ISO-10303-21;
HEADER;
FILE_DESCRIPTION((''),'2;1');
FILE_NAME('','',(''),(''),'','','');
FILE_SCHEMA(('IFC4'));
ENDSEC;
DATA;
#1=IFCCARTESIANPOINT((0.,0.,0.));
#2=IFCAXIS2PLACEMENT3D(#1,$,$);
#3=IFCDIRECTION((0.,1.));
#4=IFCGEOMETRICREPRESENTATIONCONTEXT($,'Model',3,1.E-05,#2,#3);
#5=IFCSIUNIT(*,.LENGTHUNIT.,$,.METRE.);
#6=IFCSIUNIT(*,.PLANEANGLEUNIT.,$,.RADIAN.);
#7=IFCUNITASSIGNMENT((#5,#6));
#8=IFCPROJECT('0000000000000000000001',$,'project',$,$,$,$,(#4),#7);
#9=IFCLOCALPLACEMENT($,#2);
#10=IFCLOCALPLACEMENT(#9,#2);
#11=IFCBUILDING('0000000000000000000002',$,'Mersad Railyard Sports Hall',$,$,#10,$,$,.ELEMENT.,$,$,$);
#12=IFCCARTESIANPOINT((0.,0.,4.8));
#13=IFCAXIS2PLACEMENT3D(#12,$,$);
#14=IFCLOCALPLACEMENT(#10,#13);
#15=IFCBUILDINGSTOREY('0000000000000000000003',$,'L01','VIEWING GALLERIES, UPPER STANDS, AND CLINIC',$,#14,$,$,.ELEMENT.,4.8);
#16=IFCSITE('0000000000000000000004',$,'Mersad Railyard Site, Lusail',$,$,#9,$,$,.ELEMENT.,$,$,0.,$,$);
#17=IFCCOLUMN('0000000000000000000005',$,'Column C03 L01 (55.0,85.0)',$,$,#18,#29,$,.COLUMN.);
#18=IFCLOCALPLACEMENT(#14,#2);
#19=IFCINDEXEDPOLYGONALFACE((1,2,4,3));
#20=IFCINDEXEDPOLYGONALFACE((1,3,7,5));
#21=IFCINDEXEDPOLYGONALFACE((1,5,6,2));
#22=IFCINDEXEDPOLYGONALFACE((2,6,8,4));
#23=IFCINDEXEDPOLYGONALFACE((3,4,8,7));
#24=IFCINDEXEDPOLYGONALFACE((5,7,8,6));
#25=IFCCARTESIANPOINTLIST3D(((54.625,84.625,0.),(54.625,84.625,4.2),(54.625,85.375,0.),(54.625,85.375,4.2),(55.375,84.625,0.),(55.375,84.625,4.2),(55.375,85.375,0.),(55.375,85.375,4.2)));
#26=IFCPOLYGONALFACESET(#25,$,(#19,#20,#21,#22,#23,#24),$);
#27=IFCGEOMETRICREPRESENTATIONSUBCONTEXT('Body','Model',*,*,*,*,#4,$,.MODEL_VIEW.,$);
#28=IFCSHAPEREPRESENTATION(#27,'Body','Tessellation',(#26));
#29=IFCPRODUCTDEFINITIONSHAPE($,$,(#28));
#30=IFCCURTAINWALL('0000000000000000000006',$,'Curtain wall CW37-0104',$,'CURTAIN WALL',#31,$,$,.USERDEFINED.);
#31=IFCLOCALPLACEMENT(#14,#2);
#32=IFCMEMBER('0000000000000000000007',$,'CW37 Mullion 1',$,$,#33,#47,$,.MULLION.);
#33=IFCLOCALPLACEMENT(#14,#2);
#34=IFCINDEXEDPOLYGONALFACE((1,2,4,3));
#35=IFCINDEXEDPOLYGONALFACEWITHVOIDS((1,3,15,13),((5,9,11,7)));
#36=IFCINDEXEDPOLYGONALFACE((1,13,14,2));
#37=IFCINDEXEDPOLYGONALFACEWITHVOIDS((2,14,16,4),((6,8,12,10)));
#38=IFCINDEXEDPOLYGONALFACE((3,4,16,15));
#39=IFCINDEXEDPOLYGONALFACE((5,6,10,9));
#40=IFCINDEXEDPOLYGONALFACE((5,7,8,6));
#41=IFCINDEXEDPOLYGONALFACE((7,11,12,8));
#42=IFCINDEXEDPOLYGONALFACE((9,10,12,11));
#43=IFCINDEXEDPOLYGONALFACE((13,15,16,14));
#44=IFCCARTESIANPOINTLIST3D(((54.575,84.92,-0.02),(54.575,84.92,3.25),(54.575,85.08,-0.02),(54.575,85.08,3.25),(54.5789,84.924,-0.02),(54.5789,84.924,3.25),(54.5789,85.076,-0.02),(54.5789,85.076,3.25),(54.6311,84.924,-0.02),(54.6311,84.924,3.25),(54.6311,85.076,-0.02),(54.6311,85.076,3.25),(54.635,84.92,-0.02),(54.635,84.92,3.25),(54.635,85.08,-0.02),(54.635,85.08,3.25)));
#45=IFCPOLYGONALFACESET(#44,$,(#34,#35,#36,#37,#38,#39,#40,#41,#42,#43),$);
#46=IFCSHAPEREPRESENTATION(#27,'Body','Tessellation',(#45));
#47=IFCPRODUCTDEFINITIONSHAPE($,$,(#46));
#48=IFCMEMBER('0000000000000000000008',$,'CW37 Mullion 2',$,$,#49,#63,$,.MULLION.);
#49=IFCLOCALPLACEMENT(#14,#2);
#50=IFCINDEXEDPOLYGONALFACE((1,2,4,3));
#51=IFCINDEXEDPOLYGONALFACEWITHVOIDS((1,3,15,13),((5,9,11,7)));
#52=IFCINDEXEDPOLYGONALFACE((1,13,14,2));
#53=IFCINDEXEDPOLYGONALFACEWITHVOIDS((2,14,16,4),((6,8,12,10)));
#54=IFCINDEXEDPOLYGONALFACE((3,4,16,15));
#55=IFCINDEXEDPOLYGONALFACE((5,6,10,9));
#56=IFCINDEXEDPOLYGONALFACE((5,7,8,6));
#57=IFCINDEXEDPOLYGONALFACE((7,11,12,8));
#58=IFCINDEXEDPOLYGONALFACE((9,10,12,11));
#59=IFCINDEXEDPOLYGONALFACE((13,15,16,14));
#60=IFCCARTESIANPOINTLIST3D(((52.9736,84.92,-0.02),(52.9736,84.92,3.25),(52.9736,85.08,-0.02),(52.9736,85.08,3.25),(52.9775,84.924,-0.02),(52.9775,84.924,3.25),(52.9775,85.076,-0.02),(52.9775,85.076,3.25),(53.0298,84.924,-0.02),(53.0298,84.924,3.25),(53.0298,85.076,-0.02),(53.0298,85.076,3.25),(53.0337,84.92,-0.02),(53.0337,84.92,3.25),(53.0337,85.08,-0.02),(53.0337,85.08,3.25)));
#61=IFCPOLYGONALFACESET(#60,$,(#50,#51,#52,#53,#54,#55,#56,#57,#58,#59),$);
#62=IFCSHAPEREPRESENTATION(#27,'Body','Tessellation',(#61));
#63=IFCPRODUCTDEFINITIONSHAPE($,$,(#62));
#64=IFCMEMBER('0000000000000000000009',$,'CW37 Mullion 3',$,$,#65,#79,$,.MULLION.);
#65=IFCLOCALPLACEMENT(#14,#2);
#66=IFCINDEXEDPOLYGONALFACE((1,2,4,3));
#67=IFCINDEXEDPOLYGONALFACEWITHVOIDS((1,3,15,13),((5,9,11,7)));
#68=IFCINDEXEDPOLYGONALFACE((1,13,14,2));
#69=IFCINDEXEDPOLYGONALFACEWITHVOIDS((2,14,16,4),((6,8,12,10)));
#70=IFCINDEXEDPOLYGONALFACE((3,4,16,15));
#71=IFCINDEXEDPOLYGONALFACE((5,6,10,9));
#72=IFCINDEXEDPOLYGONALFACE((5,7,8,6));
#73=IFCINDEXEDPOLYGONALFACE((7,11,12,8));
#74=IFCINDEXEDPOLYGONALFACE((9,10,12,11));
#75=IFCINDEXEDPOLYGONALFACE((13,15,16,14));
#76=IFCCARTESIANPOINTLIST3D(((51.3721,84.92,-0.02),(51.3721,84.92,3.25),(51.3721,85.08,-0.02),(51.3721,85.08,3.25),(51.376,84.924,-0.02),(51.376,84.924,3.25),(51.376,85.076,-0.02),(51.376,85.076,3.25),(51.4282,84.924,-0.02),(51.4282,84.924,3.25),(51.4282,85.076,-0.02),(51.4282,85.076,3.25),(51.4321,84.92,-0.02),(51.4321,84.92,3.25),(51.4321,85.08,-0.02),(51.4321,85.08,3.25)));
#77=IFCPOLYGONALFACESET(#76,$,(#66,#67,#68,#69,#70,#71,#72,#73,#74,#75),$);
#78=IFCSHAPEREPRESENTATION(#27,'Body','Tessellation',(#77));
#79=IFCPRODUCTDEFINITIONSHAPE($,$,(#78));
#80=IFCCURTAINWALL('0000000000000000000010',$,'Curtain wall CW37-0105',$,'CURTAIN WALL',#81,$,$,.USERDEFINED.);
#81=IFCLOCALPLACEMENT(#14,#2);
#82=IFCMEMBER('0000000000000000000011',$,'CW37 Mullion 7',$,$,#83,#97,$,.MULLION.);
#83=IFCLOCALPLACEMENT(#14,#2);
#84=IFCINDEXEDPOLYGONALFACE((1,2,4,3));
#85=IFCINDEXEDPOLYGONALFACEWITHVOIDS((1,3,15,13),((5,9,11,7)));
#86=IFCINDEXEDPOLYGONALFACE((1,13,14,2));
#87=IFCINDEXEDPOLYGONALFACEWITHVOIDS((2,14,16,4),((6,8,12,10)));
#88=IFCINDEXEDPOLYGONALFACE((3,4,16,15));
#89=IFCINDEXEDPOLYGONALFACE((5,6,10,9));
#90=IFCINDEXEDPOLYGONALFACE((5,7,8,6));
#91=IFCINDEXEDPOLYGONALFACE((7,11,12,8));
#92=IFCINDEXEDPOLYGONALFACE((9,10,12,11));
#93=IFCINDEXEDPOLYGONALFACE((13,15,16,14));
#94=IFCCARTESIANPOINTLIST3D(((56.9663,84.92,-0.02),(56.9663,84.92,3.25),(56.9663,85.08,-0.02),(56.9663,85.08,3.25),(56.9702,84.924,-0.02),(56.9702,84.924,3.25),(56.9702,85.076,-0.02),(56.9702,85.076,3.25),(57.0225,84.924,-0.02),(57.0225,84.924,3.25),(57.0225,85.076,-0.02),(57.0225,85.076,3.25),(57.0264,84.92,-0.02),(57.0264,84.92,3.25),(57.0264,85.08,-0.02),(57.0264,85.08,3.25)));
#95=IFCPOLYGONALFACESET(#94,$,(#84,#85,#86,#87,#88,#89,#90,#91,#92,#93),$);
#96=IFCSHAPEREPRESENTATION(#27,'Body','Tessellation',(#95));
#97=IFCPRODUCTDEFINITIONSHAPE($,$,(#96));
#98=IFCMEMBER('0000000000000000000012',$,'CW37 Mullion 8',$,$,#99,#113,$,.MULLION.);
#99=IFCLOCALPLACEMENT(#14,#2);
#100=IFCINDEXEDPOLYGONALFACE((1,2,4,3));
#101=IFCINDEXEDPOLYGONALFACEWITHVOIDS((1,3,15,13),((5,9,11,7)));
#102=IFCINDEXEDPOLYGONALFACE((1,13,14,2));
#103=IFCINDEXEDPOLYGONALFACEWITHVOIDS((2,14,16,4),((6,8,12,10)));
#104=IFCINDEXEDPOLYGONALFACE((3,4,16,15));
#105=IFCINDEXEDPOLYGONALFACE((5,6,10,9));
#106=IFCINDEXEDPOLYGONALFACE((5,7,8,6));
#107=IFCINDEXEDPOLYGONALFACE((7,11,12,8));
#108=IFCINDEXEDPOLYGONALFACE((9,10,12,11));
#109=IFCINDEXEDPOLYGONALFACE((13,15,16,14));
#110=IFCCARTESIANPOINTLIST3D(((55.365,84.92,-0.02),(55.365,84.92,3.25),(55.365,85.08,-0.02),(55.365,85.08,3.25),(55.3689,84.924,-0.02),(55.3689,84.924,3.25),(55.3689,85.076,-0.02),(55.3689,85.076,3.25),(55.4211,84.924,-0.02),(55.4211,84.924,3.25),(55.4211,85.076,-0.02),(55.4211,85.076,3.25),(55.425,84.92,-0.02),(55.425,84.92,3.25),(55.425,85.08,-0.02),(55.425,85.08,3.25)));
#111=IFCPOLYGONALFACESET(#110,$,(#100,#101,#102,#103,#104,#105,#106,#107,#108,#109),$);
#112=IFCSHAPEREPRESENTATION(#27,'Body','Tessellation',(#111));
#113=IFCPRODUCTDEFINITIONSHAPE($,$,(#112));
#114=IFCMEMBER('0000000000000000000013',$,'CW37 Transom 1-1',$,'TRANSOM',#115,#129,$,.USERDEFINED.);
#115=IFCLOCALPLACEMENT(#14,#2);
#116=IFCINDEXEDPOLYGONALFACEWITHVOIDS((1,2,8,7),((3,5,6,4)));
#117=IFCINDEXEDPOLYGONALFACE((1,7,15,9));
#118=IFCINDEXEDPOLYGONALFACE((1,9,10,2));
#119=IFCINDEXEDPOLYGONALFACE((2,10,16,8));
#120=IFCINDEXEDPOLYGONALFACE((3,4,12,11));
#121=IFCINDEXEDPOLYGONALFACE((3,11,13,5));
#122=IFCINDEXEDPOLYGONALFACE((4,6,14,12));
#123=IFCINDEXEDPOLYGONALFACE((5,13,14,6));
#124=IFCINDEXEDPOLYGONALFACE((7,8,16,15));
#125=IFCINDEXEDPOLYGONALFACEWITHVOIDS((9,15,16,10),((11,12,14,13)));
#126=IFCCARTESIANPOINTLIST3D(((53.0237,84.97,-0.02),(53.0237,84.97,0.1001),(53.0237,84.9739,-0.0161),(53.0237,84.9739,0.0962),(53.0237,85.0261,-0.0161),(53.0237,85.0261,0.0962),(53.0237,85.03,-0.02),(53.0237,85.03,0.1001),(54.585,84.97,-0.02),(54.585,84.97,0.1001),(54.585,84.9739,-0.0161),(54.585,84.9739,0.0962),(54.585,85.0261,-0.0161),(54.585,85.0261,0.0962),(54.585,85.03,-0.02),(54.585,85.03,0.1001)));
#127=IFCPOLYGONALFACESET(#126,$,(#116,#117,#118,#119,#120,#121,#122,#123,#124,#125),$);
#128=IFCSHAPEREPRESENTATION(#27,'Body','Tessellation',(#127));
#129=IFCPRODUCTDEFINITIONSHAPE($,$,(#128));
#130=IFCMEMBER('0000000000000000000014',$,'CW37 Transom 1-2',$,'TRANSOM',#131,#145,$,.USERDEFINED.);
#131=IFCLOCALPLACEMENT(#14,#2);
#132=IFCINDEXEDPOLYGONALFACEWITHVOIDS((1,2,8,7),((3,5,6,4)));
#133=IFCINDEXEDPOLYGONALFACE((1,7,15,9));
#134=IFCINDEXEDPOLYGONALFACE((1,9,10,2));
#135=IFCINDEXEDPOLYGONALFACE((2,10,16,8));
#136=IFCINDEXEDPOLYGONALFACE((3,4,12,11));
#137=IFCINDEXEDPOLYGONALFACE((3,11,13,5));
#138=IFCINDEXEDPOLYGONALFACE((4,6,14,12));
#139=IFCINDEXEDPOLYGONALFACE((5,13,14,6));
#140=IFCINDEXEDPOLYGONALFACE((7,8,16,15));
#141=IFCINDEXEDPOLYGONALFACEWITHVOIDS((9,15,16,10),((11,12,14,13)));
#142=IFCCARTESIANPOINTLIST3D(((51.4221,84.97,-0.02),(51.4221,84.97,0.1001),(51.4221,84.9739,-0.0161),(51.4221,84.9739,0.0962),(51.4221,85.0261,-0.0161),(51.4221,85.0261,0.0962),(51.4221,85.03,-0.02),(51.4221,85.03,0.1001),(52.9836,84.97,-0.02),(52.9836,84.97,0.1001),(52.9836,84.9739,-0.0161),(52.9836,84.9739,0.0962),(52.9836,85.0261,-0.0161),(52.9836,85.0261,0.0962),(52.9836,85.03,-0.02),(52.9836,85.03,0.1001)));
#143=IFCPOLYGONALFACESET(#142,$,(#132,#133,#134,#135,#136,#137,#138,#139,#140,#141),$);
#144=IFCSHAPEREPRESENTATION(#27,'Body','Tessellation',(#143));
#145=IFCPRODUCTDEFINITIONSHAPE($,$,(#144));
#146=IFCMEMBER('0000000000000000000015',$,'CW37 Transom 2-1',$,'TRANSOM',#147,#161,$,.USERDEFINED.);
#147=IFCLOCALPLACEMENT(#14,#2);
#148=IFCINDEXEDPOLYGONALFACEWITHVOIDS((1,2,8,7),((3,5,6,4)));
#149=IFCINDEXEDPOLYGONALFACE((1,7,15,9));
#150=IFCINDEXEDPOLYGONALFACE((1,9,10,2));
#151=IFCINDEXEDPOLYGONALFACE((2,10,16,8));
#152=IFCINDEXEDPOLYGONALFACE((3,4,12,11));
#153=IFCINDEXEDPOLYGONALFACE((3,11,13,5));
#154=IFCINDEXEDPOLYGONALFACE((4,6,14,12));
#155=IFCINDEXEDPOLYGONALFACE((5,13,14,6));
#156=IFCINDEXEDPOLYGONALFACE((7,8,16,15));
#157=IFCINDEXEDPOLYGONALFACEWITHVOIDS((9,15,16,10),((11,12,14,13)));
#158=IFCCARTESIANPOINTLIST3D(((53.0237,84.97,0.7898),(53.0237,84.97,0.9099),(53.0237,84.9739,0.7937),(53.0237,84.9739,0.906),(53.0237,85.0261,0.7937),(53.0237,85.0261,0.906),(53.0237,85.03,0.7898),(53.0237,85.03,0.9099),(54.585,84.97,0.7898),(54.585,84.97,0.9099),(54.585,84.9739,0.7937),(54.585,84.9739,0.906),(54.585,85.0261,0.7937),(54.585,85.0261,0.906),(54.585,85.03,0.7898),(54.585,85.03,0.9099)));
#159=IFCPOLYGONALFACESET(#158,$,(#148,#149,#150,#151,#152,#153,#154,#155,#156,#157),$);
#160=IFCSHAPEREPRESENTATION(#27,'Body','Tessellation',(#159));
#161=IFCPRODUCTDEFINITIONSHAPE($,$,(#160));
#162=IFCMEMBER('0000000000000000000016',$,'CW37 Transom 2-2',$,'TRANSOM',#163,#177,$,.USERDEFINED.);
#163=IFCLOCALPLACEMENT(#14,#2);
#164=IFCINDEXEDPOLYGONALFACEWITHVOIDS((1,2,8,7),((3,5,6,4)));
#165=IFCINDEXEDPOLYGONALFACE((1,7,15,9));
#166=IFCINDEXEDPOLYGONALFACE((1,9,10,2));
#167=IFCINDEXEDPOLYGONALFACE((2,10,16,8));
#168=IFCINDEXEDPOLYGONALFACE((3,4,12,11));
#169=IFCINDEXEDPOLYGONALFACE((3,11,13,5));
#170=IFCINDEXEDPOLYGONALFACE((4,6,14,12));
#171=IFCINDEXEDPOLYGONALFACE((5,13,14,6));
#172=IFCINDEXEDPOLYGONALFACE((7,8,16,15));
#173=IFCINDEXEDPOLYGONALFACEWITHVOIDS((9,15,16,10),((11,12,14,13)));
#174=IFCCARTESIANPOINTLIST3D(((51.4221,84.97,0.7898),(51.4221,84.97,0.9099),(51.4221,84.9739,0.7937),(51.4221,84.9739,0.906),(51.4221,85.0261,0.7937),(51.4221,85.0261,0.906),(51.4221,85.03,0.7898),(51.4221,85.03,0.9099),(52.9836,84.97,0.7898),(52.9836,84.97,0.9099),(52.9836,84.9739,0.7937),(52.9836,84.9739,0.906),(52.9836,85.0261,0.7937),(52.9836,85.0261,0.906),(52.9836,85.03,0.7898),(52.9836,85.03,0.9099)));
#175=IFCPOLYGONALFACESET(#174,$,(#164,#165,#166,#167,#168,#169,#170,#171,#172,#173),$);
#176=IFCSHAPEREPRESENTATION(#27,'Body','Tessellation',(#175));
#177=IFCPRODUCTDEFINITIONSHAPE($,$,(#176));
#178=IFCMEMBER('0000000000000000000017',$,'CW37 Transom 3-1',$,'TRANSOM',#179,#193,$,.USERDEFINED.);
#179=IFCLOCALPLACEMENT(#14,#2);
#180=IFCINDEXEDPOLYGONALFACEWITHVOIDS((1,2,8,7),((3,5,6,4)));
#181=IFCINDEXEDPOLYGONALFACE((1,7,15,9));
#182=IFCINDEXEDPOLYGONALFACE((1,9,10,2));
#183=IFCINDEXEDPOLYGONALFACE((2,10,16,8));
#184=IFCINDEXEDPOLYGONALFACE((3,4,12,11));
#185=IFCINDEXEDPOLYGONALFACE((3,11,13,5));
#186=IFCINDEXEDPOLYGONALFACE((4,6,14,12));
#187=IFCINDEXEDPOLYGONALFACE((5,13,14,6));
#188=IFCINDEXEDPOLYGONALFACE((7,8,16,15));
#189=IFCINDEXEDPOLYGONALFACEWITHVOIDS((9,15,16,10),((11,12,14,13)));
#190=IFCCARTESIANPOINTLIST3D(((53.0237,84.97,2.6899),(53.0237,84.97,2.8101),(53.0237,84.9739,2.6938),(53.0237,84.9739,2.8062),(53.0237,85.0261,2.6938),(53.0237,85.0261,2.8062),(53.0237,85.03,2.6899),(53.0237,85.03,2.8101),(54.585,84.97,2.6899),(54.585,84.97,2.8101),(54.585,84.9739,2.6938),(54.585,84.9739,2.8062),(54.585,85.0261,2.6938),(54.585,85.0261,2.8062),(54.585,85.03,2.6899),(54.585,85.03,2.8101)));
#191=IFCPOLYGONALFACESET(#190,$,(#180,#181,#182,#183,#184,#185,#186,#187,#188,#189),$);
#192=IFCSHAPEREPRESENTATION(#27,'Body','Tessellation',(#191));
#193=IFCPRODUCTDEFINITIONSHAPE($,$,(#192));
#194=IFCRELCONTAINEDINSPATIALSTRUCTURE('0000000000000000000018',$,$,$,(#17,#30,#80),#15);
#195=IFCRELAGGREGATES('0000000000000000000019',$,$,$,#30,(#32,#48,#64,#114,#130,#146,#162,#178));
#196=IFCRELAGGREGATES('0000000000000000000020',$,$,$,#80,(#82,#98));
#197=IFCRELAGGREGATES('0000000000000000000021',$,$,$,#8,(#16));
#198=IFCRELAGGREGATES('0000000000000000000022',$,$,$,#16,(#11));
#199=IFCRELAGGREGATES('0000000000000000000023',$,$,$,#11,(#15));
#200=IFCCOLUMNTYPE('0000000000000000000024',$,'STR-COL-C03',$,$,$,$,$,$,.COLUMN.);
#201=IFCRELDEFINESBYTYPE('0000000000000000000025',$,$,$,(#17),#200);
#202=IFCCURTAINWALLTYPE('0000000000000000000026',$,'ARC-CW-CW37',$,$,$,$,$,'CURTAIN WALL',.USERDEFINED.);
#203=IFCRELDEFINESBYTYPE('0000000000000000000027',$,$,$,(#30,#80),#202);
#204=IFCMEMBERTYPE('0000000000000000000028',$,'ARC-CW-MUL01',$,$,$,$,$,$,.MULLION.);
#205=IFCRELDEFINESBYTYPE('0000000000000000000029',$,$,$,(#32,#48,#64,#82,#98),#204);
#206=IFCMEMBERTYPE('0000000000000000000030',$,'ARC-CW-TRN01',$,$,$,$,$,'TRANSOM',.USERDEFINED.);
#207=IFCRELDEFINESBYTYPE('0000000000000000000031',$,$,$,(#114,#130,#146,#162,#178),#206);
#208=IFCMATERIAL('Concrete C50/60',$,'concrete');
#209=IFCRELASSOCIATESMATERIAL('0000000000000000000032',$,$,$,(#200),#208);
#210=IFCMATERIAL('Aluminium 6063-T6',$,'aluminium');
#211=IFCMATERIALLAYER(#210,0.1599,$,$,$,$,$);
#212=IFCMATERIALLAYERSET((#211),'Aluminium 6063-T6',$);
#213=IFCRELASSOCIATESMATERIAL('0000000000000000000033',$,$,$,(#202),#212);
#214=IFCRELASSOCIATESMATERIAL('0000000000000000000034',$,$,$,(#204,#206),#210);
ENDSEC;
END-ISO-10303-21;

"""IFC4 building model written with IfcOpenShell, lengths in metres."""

from ifc_helpers import new_model, si_unit, direction, frame, origin, origin_2d, place, context, subcontext, project, spatial, rectangle, hollow_rectangle, extrude, material, layer, layer_set, material_profile, profile_set, type_object, element, aggregate, save


model = new_model("IFC4")

# Units and contexts
model_context = context("Model", 3, precision=1e-05, world=origin(), true_north=direction((0.0, 1.0)))
body_context = subcontext(model_context, "Body", "Model", "MODEL_VIEW")
ifc_project = project(units=[si_unit("LENGTHUNIT", "METRE"), si_unit("PLANEANGLEUNIT", "RADIAN")], contexts=[model_context])

# Site, building, storey
site_placement = place(None, origin())
site = spatial("IfcSite", under=ifc_project, at=site_placement, Name="Mersad Railyard Site, Lusail", CompositionType="ELEMENT", RefElevation=0.0)
building_placement = place(site_placement, origin())
building = spatial("IfcBuilding", under=site, at=building_placement, Name="Mersad Railyard Sports Hall", CompositionType="ELEMENT")
storey_placement = place(building_placement, frame((0.0, 0.0, 4.8)))
storey = spatial("IfcBuildingStorey", under=building, at=storey_placement, Name="L01", Description="VIEWING GALLERIES, UPPER STANDS, AND CLINIC", CompositionType="ELEMENT", Elevation=4.8)

# Column
ifc_material_1 = material(Name="Concrete C50/60", Category="concrete")
ifc_material_profile_1 = material_profile(ifc_material_1, rectangle(XDim=0.75, YDim=0.75, at=origin_2d()), Name="RC 750x750")
ifc_profile_set_1 = profile_set([ifc_material_profile_1], Name="Concrete C50/60")
column_type = type_object("IfcColumnType", Name="STR-COL-C03", PredefinedType="COLUMN", material=ifc_profile_set_1)
column_placement = place(storey_placement, frame((55.0, 85.0, 0.0), z_axis=(0.0, 0.0, 1.0), x_axis=(1.0, 0.0, 0.0)))
element("IfcColumn", 1, at=column_placement, inside=storey, type_object=column_type, Name="Column C03 L01 (55.0,85.0)", PredefinedType="COLUMN", context=body_context, shape_type="SweptSolid", body=[
    extrude(rectangle(XDim=0.75, YDim=0.75, at=origin_2d()), origin(), (0.0, 0.0, 1.0), 4.2),
])

# Curtain walls, members
ifc_material_2 = material(Name="Aluminium 6063-T6", Category="aluminium")
ifc_layer_1 = layer(ifc_material_2, 0.1599)
ifc_layer_set_1 = layer_set([ifc_layer_1], Name="Aluminium 6063-T6")
curtain_wall_type = type_object("IfcCurtainWallType", Name="ARC-CW-CW37", ElementType="CURTAIN WALL", PredefinedType="USERDEFINED", material=ifc_layer_set_1)
curtain_wall_1_placement = place(storey_placement, origin())
curtain_wall_1 = element("IfcCurtainWall", 2, at=curtain_wall_1_placement, inside=storey, type_object=curtain_wall_type, Name="Curtain wall CW37-0104", ObjectType="CURTAIN WALL", PredefinedType="USERDEFINED")
ifc_material_profile_2 = material_profile(ifc_material_2, hollow_rectangle(XDim=0.0601, YDim=0.1599, WallThickness=0.0039, at=origin_2d()), Name="AL MULLION 60x160x4")
ifc_profile_set_2 = profile_set([ifc_material_profile_2], Name="Aluminium 6063-T6")
member_type_1 = type_object("IfcMemberType", Name="ARC-CW-MUL01", PredefinedType="MULLION", material=ifc_profile_set_2)
member_1_placement = place(storey_placement, frame((54.605, 85.0, -0.02), z_axis=(0.0, 0.0, 1.0), x_axis=(1.0, 0.0, 0.0)))
member_1 = element("IfcMember", 3, at=member_1_placement, type_object=member_type_1, Name="CW37 Mullion 1", PredefinedType="MULLION", context=body_context, shape_type="SweptSolid", body=[
    extrude(hollow_rectangle(XDim=0.0601, YDim=0.1599, WallThickness=0.0039, at=origin_2d()), origin(), (0.0, 0.0, 1.0), 3.27),
])
member_2_placement = place(storey_placement, frame((53.0037, 85.0, -0.02), z_axis=(0.0, 0.0, 1.0), x_axis=(1.0, 0.0, 0.0)))
member_2 = element("IfcMember", 4, at=member_2_placement, type_object=member_type_1, Name="CW37 Mullion 2", PredefinedType="MULLION", context=body_context, shape_type="SweptSolid", body=[
    extrude(hollow_rectangle(XDim=0.0601, YDim=0.1599, WallThickness=0.0039, at=origin_2d()), origin(), (0.0, 0.0, 1.0), 3.27),
])
member_3_placement = place(storey_placement, frame((51.4021, 85.0, -0.02), z_axis=(0.0, 0.0, 1.0), x_axis=(1.0, 0.0, 0.0)))
member_3 = element("IfcMember", 5, at=member_3_placement, type_object=member_type_1, Name="CW37 Mullion 3", PredefinedType="MULLION", context=body_context, shape_type="SweptSolid", body=[
    extrude(hollow_rectangle(XDim=0.0601, YDim=0.1599, WallThickness=0.0039, at=origin_2d()), origin(), (0.0, 0.0, 1.0), 3.27),
])
curtain_wall_2_placement = place(storey_placement, origin())
curtain_wall_2 = element("IfcCurtainWall", 6, at=curtain_wall_2_placement, inside=storey, type_object=curtain_wall_type, Name="Curtain wall CW37-0105", ObjectType="CURTAIN WALL", PredefinedType="USERDEFINED")
member_4_placement = place(storey_placement, frame((56.9963, 85.0, -0.02), z_axis=(0.0, 0.0, 1.0), x_axis=(1.0, 0.0, 0.0)))
member_4 = element("IfcMember", 7, at=member_4_placement, type_object=member_type_1, Name="CW37 Mullion 7", PredefinedType="MULLION", context=body_context, shape_type="SweptSolid", body=[
    extrude(hollow_rectangle(XDim=0.0601, YDim=0.1599, WallThickness=0.0039, at=origin_2d()), origin(), (0.0, 0.0, 1.0), 3.27),
])
member_5_placement = place(storey_placement, frame((55.395, 85.0, -0.02), z_axis=(0.0, 0.0, 1.0), x_axis=(1.0, 0.0, 0.0)))
member_5 = element("IfcMember", 8, at=member_5_placement, type_object=member_type_1, Name="CW37 Mullion 8", PredefinedType="MULLION", context=body_context, shape_type="SweptSolid", body=[
    extrude(hollow_rectangle(XDim=0.0601, YDim=0.1599, WallThickness=0.0039, at=origin_2d()), origin(), (0.0, 0.0, 1.0), 3.27),
])

# Members
ifc_material_profile_3 = material_profile(ifc_material_2, hollow_rectangle(XDim=0.0601, YDim=0.1201, WallThickness=0.0039, at=origin_2d()), Name="AL TRANSOM 60x120x4")
ifc_profile_set_3 = profile_set([ifc_material_profile_3], Name="Aluminium 6063-T6")
member_type_2 = type_object("IfcMemberType", Name="ARC-CW-TRN01", ElementType="TRANSOM", PredefinedType="USERDEFINED", material=ifc_profile_set_3)
member_6_placement = place(storey_placement, frame((54.585, 85.0, 0.04), z_axis=(-1.0, 0.0, 0.0), x_axis=(0.0, -1.0, 0.0)))
member_6 = element("IfcMember", 9, at=member_6_placement, type_object=member_type_2, Name="CW37 Transom 1-1", ObjectType="TRANSOM", PredefinedType="USERDEFINED", context=body_context, shape_type="SweptSolid", body=[
    extrude(hollow_rectangle(XDim=0.0601, YDim=0.1201, WallThickness=0.0039, at=origin_2d()), origin(), (0.0, 0.0, 1.0), 1.5613),
])
member_7_placement = place(storey_placement, frame((52.9836, 85.0, 0.04), z_axis=(-1.0, 0.0, 0.0), x_axis=(0.0, -1.0, 0.0)))
member_7 = element("IfcMember", 10, at=member_7_placement, type_object=member_type_2, Name="CW37 Transom 1-2", ObjectType="TRANSOM", PredefinedType="USERDEFINED", context=body_context, shape_type="SweptSolid", body=[
    extrude(hollow_rectangle(XDim=0.0601, YDim=0.1201, WallThickness=0.0039, at=origin_2d()), origin(), (0.0, 0.0, 1.0), 1.5615),
])
member_8_placement = place(storey_placement, frame((54.585, 85.0, 0.8499), z_axis=(-1.0, 0.0, 0.0), x_axis=(0.0, -1.0, 0.0)))
member_8 = element("IfcMember", 11, at=member_8_placement, type_object=member_type_2, Name="CW37 Transom 2-1", ObjectType="TRANSOM", PredefinedType="USERDEFINED", context=body_context, shape_type="SweptSolid", body=[
    extrude(hollow_rectangle(XDim=0.0601, YDim=0.1201, WallThickness=0.0039, at=origin_2d()), origin(), (0.0, 0.0, 1.0), 1.5613),
])
member_9_placement = place(storey_placement, frame((52.9836, 85.0, 0.8499), z_axis=(-1.0, 0.0, 0.0), x_axis=(0.0, -1.0, 0.0)))
member_9 = element("IfcMember", 12, at=member_9_placement, type_object=member_type_2, Name="CW37 Transom 2-2", ObjectType="TRANSOM", PredefinedType="USERDEFINED", context=body_context, shape_type="SweptSolid", body=[
    extrude(hollow_rectangle(XDim=0.0601, YDim=0.1201, WallThickness=0.0039, at=origin_2d()), origin(), (0.0, 0.0, 1.0), 1.5615),
])
member_10_placement = place(storey_placement, frame((54.585, 85.0, 2.75), z_axis=(-1.0, 0.0, 0.0), x_axis=(0.0, -1.0, 0.0)))
member_10 = element("IfcMember", 13, at=member_10_placement, type_object=member_type_2, Name="CW37 Transom 3-1", ObjectType="TRANSOM", PredefinedType="USERDEFINED", context=body_context, shape_type="SweptSolid", body=[
    extrude(hollow_rectangle(XDim=0.0601, YDim=0.1201, WallThickness=0.0039, at=origin_2d()), origin(), (0.0, 0.0, 1.0), 1.5613),
])

aggregate(curtain_wall_1, [member_1, member_2, member_3, member_6, member_7, member_8, member_9, member_10])
aggregate(curtain_wall_2, [member_4, member_5])

save(model, "model.ifc")
